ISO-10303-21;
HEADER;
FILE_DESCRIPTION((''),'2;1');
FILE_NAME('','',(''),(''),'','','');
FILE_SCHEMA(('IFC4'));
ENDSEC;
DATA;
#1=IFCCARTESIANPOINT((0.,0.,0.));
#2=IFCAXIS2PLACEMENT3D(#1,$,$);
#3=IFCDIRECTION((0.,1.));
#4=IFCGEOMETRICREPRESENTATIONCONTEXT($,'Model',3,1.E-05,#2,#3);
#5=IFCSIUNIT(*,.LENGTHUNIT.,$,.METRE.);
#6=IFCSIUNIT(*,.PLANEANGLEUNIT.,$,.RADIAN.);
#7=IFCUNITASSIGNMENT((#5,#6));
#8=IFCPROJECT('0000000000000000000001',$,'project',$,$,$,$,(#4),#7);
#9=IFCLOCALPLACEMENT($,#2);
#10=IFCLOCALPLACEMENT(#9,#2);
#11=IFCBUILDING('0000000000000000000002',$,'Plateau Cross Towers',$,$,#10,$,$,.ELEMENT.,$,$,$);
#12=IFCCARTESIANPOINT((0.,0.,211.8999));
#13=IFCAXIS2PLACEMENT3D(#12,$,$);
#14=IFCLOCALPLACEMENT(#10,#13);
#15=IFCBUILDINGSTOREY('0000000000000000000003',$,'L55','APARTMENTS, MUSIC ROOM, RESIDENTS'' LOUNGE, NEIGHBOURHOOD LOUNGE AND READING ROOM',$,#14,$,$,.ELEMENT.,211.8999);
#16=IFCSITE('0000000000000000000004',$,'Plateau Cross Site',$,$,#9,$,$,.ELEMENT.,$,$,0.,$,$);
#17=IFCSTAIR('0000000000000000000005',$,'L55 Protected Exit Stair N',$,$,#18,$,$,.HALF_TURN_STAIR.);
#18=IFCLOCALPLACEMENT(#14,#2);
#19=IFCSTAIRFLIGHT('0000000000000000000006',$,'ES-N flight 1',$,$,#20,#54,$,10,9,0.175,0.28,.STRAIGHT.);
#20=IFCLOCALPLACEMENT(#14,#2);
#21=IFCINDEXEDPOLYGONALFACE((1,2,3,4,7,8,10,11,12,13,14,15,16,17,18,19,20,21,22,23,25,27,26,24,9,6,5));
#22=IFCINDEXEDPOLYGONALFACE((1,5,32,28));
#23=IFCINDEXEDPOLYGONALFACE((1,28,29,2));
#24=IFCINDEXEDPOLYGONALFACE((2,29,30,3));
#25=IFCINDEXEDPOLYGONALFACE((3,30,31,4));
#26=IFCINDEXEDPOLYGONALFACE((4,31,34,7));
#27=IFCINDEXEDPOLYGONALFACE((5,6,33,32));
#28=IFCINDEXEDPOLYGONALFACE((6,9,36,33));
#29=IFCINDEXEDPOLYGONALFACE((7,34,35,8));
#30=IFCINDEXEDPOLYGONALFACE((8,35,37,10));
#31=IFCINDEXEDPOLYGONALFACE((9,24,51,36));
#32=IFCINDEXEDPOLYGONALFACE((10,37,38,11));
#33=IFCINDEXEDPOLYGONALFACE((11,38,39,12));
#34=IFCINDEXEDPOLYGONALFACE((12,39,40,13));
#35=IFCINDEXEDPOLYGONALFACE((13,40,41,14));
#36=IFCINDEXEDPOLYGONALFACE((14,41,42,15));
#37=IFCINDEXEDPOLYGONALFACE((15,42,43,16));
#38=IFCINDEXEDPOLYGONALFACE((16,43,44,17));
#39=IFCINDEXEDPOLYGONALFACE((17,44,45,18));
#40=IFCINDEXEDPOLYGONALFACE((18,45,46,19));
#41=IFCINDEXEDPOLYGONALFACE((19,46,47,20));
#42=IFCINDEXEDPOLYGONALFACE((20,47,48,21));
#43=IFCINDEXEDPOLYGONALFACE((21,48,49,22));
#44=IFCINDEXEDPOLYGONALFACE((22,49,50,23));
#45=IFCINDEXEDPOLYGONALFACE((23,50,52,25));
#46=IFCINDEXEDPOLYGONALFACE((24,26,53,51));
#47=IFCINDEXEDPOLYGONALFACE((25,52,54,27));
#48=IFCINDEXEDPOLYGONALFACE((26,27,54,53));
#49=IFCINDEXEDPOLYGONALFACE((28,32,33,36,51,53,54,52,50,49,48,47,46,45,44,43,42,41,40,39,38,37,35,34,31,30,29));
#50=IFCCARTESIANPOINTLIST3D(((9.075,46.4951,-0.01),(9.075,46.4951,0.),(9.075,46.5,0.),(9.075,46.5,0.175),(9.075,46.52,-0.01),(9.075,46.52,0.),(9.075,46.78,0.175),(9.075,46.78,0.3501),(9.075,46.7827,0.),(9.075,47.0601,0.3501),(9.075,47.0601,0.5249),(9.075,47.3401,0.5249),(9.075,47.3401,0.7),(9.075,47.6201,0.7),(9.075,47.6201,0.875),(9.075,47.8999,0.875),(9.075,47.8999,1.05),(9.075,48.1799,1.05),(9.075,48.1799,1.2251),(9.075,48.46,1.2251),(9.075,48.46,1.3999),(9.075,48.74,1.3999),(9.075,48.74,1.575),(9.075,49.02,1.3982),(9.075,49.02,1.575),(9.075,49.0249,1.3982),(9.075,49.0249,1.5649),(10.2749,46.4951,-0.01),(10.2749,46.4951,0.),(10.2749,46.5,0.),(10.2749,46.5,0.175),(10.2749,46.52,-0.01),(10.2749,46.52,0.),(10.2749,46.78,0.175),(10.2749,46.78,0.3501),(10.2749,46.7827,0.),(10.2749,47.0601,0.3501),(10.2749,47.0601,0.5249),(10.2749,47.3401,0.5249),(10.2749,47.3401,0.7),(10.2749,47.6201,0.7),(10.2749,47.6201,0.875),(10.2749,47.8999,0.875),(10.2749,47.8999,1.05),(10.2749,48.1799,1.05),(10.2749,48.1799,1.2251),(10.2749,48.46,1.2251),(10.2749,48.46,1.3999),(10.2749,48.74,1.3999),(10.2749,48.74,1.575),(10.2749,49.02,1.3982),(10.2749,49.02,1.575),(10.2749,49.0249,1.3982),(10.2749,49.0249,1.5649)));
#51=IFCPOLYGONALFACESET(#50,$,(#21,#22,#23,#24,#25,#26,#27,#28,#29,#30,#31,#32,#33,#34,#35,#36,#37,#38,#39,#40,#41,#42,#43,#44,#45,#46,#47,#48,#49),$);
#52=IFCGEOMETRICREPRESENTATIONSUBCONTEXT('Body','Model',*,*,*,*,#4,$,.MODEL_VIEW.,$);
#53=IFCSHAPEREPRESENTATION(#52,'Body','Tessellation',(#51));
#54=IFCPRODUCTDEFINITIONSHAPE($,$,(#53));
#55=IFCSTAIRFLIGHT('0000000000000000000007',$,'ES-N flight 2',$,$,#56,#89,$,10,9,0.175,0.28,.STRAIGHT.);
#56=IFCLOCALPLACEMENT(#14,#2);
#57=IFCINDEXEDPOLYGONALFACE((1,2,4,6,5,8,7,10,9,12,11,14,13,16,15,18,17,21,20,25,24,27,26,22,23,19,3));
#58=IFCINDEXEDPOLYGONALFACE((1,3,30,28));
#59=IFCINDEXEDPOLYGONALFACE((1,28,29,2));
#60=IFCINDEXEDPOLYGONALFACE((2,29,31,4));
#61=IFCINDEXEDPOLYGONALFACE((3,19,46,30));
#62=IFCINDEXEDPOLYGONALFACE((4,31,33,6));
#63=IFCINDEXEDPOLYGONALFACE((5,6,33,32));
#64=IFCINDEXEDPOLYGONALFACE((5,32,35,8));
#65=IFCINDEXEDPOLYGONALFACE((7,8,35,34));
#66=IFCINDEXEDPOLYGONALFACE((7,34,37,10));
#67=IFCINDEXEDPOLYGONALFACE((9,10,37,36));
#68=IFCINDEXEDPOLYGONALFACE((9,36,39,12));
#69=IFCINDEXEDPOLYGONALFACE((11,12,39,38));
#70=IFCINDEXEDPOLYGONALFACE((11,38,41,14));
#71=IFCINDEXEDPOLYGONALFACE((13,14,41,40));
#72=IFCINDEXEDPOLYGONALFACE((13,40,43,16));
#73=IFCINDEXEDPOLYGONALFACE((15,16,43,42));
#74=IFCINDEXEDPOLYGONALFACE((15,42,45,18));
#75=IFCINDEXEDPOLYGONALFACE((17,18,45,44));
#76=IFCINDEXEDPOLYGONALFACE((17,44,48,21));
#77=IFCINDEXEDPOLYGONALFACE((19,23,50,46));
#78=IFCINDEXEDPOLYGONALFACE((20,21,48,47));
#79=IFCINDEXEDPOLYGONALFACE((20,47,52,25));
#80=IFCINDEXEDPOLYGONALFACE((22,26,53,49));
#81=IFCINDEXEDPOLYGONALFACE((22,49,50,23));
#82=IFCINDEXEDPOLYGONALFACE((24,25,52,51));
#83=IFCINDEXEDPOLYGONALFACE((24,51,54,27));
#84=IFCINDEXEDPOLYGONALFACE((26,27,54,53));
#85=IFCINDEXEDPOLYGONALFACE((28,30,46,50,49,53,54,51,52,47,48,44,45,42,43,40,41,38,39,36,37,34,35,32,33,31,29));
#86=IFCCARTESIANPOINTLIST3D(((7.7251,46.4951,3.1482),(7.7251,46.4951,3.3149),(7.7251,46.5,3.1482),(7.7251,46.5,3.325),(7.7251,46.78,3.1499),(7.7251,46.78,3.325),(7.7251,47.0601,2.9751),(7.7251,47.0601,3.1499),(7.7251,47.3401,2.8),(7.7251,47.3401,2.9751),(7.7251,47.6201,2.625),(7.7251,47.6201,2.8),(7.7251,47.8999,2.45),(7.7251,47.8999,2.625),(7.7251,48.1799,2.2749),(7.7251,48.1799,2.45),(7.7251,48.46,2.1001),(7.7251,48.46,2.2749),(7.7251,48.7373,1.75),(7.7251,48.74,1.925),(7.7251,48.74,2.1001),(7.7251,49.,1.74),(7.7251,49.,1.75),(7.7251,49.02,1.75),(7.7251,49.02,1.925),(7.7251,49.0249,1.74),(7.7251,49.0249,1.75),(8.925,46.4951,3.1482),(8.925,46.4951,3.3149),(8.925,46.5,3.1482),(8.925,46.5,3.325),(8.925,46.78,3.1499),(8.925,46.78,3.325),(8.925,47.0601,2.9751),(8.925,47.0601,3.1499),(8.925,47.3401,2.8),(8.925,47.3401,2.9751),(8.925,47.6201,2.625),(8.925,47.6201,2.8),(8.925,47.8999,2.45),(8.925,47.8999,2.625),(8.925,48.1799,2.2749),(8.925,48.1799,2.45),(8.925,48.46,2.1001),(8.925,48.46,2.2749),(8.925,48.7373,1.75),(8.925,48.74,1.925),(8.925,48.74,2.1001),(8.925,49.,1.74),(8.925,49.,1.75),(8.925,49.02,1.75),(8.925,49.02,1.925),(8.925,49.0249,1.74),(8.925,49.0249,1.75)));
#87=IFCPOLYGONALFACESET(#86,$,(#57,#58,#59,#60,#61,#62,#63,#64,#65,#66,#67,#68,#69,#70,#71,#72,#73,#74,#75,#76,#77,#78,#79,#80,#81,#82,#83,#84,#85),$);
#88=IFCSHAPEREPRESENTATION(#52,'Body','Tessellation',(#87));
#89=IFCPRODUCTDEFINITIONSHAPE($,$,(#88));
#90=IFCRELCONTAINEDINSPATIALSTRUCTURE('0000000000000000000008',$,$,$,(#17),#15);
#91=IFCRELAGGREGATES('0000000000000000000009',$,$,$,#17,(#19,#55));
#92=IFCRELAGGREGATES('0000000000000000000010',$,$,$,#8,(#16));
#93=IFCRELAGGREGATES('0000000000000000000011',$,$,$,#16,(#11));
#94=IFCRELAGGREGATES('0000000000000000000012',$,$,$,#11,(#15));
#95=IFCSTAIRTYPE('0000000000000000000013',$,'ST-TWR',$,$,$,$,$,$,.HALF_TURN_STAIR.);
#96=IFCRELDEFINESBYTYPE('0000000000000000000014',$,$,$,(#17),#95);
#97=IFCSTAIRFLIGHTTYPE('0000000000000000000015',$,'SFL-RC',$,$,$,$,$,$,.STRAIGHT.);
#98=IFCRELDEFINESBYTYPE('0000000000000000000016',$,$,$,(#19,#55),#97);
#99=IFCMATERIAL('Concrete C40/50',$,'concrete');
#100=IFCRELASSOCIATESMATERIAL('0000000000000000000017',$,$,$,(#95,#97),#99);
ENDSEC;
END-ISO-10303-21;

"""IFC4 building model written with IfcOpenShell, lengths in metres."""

from ifc_helpers import new_model, si_unit, direction, frame, origin, place, context, subcontext, project, spatial, polyline, outline, extrude, material, type_object, element, aggregate, save


model = new_model("IFC4")

# Units and contexts
model_context = context("Model", 3, precision=1e-05, world=origin(), true_north=direction((0.0, 1.0)))
body_context = subcontext(model_context, "Body", "Model", "MODEL_VIEW")
ifc_project = project(units=[si_unit("LENGTHUNIT", "METRE"), si_unit("PLANEANGLEUNIT", "RADIAN")], contexts=[model_context])

# Site, building, storey
site_placement = place(None, origin())
site = spatial("IfcSite", under=ifc_project, at=site_placement, Name="Plateau Cross Site", CompositionType="ELEMENT", RefElevation=0.0)
building_placement = place(site_placement, origin())
building = spatial("IfcBuilding", under=site, at=building_placement, Name="Plateau Cross Towers", CompositionType="ELEMENT")
storey_placement = place(building_placement, frame((0.0, 0.0, 211.8999)))
storey = spatial("IfcBuildingStorey", under=building, at=storey_placement, Name="L55", Description="APARTMENTS, MUSIC ROOM, RESIDENTS' LOUNGE, NEIGHBOURHOOD LOUNGE AND READING ROOM", CompositionType="ELEMENT", Elevation=211.8999)

# Stair, stair flights
ifc_material_1 = material(Name="Concrete C40/50", Category="concrete")
stair_type = type_object("IfcStairType", Name="ST-TWR", PredefinedType="HALF_TURN_STAIR", material=ifc_material_1)
stair_placement = place(storey_placement, origin())
stair = element("IfcStair", 1, at=stair_placement, inside=storey, type_object=stair_type, Name="L55 Protected Exit Stair N", PredefinedType="HALF_TURN_STAIR")
stair_flight_type = type_object("IfcStairFlightType", Name="SFL-RC", PredefinedType="STRAIGHT", material=ifc_material_1)
stair_flight_1_placement = place(storey_placement, frame((9.675, 46.5, 0.0), z_axis=(0.0, 0.0, 1.0), x_axis=(0.0, 1.0, 0.0)))
stair_flight_1 = element("IfcStairFlight", 2, at=stair_flight_1_placement, type_object=stair_flight_type, Name="ES-N flight 1", NumberOfRisers=10, NumberOfTreads=9, PredefinedType="STRAIGHT", RiserHeight=0.175, TreadLength=0.28, context=body_context, shape_type="SweptSolid", body=[
    extrude(outline(polyline([(-0.0049, -0.01), (-0.0049, 0.0), (0.0, 0.0), (0.0, 0.175), (0.28, 0.175), (0.28, 0.3501), (0.5601, 0.3501), (0.5601, 0.5249), (0.8401, 0.5249), (0.8401, 0.7), (1.1201, 0.7), (1.1201, 0.875), (1.3999, 0.875), (1.3999, 1.05), (1.6799, 1.05), (1.6799, 1.2251), (1.96, 1.2251), (1.96, 1.3999), (2.24, 1.3999), (2.24, 1.575), (2.52, 1.575), (2.5249, 1.5649), (2.5249, 1.3982), (2.52, 1.3982), (0.2827, 0.0), (0.02, 0.0), (0.02, -0.01), (-0.0049, -0.01)])), frame((0.0, 0.6001, 0.0), z_axis=(0.0, -1.0, 0.0), x_axis=(1.0, 0.0, 0.0)), (0.0, 0.0, 1.0), 1.2),
])
stair_flight_2_placement = place(storey_placement, frame((8.325, 49.02, 1.75), z_axis=(0.0, 0.0, 1.0), x_axis=(0.0, -1.0, 0.0)))
stair_flight_2 = element("IfcStairFlight", 3, at=stair_flight_2_placement, type_object=stair_flight_type, Name="ES-N flight 2", NumberOfRisers=10, NumberOfTreads=9, PredefinedType="STRAIGHT", RiserHeight=0.175, TreadLength=0.28, context=body_context, shape_type="SweptSolid", body=[
    extrude(outline(polyline([(-0.0049, -0.01), (-0.0049, 0.0), (0.0, 0.0), (0.0, 0.175), (0.28, 0.175), (0.28, 0.3501), (0.5601, 0.3501), (0.5601, 0.5249), (0.8401, 0.5249), (0.8401, 0.7), (1.1201, 0.7), (1.1201, 0.875), (1.3999, 0.875), (1.3999, 1.05), (1.6799, 1.05), (1.6799, 1.2251), (1.96, 1.2251), (1.96, 1.3999), (2.24, 1.3999), (2.24, 1.575), (2.52, 1.575), (2.5249, 1.5649), (2.5249, 1.3982), (2.52, 1.3982), (0.2827, 0.0), (0.02, 0.0), (0.02, -0.01), (-0.0049, -0.01)])), frame((0.0, 0.6001, 0.0), z_axis=(0.0, -1.0, 0.0), x_axis=(1.0, 0.0, 0.0)), (0.0, 0.0, 1.0), 1.2),
])
aggregate(stair, [stair_flight_1, stair_flight_2])

save(model, "model.ifc")
